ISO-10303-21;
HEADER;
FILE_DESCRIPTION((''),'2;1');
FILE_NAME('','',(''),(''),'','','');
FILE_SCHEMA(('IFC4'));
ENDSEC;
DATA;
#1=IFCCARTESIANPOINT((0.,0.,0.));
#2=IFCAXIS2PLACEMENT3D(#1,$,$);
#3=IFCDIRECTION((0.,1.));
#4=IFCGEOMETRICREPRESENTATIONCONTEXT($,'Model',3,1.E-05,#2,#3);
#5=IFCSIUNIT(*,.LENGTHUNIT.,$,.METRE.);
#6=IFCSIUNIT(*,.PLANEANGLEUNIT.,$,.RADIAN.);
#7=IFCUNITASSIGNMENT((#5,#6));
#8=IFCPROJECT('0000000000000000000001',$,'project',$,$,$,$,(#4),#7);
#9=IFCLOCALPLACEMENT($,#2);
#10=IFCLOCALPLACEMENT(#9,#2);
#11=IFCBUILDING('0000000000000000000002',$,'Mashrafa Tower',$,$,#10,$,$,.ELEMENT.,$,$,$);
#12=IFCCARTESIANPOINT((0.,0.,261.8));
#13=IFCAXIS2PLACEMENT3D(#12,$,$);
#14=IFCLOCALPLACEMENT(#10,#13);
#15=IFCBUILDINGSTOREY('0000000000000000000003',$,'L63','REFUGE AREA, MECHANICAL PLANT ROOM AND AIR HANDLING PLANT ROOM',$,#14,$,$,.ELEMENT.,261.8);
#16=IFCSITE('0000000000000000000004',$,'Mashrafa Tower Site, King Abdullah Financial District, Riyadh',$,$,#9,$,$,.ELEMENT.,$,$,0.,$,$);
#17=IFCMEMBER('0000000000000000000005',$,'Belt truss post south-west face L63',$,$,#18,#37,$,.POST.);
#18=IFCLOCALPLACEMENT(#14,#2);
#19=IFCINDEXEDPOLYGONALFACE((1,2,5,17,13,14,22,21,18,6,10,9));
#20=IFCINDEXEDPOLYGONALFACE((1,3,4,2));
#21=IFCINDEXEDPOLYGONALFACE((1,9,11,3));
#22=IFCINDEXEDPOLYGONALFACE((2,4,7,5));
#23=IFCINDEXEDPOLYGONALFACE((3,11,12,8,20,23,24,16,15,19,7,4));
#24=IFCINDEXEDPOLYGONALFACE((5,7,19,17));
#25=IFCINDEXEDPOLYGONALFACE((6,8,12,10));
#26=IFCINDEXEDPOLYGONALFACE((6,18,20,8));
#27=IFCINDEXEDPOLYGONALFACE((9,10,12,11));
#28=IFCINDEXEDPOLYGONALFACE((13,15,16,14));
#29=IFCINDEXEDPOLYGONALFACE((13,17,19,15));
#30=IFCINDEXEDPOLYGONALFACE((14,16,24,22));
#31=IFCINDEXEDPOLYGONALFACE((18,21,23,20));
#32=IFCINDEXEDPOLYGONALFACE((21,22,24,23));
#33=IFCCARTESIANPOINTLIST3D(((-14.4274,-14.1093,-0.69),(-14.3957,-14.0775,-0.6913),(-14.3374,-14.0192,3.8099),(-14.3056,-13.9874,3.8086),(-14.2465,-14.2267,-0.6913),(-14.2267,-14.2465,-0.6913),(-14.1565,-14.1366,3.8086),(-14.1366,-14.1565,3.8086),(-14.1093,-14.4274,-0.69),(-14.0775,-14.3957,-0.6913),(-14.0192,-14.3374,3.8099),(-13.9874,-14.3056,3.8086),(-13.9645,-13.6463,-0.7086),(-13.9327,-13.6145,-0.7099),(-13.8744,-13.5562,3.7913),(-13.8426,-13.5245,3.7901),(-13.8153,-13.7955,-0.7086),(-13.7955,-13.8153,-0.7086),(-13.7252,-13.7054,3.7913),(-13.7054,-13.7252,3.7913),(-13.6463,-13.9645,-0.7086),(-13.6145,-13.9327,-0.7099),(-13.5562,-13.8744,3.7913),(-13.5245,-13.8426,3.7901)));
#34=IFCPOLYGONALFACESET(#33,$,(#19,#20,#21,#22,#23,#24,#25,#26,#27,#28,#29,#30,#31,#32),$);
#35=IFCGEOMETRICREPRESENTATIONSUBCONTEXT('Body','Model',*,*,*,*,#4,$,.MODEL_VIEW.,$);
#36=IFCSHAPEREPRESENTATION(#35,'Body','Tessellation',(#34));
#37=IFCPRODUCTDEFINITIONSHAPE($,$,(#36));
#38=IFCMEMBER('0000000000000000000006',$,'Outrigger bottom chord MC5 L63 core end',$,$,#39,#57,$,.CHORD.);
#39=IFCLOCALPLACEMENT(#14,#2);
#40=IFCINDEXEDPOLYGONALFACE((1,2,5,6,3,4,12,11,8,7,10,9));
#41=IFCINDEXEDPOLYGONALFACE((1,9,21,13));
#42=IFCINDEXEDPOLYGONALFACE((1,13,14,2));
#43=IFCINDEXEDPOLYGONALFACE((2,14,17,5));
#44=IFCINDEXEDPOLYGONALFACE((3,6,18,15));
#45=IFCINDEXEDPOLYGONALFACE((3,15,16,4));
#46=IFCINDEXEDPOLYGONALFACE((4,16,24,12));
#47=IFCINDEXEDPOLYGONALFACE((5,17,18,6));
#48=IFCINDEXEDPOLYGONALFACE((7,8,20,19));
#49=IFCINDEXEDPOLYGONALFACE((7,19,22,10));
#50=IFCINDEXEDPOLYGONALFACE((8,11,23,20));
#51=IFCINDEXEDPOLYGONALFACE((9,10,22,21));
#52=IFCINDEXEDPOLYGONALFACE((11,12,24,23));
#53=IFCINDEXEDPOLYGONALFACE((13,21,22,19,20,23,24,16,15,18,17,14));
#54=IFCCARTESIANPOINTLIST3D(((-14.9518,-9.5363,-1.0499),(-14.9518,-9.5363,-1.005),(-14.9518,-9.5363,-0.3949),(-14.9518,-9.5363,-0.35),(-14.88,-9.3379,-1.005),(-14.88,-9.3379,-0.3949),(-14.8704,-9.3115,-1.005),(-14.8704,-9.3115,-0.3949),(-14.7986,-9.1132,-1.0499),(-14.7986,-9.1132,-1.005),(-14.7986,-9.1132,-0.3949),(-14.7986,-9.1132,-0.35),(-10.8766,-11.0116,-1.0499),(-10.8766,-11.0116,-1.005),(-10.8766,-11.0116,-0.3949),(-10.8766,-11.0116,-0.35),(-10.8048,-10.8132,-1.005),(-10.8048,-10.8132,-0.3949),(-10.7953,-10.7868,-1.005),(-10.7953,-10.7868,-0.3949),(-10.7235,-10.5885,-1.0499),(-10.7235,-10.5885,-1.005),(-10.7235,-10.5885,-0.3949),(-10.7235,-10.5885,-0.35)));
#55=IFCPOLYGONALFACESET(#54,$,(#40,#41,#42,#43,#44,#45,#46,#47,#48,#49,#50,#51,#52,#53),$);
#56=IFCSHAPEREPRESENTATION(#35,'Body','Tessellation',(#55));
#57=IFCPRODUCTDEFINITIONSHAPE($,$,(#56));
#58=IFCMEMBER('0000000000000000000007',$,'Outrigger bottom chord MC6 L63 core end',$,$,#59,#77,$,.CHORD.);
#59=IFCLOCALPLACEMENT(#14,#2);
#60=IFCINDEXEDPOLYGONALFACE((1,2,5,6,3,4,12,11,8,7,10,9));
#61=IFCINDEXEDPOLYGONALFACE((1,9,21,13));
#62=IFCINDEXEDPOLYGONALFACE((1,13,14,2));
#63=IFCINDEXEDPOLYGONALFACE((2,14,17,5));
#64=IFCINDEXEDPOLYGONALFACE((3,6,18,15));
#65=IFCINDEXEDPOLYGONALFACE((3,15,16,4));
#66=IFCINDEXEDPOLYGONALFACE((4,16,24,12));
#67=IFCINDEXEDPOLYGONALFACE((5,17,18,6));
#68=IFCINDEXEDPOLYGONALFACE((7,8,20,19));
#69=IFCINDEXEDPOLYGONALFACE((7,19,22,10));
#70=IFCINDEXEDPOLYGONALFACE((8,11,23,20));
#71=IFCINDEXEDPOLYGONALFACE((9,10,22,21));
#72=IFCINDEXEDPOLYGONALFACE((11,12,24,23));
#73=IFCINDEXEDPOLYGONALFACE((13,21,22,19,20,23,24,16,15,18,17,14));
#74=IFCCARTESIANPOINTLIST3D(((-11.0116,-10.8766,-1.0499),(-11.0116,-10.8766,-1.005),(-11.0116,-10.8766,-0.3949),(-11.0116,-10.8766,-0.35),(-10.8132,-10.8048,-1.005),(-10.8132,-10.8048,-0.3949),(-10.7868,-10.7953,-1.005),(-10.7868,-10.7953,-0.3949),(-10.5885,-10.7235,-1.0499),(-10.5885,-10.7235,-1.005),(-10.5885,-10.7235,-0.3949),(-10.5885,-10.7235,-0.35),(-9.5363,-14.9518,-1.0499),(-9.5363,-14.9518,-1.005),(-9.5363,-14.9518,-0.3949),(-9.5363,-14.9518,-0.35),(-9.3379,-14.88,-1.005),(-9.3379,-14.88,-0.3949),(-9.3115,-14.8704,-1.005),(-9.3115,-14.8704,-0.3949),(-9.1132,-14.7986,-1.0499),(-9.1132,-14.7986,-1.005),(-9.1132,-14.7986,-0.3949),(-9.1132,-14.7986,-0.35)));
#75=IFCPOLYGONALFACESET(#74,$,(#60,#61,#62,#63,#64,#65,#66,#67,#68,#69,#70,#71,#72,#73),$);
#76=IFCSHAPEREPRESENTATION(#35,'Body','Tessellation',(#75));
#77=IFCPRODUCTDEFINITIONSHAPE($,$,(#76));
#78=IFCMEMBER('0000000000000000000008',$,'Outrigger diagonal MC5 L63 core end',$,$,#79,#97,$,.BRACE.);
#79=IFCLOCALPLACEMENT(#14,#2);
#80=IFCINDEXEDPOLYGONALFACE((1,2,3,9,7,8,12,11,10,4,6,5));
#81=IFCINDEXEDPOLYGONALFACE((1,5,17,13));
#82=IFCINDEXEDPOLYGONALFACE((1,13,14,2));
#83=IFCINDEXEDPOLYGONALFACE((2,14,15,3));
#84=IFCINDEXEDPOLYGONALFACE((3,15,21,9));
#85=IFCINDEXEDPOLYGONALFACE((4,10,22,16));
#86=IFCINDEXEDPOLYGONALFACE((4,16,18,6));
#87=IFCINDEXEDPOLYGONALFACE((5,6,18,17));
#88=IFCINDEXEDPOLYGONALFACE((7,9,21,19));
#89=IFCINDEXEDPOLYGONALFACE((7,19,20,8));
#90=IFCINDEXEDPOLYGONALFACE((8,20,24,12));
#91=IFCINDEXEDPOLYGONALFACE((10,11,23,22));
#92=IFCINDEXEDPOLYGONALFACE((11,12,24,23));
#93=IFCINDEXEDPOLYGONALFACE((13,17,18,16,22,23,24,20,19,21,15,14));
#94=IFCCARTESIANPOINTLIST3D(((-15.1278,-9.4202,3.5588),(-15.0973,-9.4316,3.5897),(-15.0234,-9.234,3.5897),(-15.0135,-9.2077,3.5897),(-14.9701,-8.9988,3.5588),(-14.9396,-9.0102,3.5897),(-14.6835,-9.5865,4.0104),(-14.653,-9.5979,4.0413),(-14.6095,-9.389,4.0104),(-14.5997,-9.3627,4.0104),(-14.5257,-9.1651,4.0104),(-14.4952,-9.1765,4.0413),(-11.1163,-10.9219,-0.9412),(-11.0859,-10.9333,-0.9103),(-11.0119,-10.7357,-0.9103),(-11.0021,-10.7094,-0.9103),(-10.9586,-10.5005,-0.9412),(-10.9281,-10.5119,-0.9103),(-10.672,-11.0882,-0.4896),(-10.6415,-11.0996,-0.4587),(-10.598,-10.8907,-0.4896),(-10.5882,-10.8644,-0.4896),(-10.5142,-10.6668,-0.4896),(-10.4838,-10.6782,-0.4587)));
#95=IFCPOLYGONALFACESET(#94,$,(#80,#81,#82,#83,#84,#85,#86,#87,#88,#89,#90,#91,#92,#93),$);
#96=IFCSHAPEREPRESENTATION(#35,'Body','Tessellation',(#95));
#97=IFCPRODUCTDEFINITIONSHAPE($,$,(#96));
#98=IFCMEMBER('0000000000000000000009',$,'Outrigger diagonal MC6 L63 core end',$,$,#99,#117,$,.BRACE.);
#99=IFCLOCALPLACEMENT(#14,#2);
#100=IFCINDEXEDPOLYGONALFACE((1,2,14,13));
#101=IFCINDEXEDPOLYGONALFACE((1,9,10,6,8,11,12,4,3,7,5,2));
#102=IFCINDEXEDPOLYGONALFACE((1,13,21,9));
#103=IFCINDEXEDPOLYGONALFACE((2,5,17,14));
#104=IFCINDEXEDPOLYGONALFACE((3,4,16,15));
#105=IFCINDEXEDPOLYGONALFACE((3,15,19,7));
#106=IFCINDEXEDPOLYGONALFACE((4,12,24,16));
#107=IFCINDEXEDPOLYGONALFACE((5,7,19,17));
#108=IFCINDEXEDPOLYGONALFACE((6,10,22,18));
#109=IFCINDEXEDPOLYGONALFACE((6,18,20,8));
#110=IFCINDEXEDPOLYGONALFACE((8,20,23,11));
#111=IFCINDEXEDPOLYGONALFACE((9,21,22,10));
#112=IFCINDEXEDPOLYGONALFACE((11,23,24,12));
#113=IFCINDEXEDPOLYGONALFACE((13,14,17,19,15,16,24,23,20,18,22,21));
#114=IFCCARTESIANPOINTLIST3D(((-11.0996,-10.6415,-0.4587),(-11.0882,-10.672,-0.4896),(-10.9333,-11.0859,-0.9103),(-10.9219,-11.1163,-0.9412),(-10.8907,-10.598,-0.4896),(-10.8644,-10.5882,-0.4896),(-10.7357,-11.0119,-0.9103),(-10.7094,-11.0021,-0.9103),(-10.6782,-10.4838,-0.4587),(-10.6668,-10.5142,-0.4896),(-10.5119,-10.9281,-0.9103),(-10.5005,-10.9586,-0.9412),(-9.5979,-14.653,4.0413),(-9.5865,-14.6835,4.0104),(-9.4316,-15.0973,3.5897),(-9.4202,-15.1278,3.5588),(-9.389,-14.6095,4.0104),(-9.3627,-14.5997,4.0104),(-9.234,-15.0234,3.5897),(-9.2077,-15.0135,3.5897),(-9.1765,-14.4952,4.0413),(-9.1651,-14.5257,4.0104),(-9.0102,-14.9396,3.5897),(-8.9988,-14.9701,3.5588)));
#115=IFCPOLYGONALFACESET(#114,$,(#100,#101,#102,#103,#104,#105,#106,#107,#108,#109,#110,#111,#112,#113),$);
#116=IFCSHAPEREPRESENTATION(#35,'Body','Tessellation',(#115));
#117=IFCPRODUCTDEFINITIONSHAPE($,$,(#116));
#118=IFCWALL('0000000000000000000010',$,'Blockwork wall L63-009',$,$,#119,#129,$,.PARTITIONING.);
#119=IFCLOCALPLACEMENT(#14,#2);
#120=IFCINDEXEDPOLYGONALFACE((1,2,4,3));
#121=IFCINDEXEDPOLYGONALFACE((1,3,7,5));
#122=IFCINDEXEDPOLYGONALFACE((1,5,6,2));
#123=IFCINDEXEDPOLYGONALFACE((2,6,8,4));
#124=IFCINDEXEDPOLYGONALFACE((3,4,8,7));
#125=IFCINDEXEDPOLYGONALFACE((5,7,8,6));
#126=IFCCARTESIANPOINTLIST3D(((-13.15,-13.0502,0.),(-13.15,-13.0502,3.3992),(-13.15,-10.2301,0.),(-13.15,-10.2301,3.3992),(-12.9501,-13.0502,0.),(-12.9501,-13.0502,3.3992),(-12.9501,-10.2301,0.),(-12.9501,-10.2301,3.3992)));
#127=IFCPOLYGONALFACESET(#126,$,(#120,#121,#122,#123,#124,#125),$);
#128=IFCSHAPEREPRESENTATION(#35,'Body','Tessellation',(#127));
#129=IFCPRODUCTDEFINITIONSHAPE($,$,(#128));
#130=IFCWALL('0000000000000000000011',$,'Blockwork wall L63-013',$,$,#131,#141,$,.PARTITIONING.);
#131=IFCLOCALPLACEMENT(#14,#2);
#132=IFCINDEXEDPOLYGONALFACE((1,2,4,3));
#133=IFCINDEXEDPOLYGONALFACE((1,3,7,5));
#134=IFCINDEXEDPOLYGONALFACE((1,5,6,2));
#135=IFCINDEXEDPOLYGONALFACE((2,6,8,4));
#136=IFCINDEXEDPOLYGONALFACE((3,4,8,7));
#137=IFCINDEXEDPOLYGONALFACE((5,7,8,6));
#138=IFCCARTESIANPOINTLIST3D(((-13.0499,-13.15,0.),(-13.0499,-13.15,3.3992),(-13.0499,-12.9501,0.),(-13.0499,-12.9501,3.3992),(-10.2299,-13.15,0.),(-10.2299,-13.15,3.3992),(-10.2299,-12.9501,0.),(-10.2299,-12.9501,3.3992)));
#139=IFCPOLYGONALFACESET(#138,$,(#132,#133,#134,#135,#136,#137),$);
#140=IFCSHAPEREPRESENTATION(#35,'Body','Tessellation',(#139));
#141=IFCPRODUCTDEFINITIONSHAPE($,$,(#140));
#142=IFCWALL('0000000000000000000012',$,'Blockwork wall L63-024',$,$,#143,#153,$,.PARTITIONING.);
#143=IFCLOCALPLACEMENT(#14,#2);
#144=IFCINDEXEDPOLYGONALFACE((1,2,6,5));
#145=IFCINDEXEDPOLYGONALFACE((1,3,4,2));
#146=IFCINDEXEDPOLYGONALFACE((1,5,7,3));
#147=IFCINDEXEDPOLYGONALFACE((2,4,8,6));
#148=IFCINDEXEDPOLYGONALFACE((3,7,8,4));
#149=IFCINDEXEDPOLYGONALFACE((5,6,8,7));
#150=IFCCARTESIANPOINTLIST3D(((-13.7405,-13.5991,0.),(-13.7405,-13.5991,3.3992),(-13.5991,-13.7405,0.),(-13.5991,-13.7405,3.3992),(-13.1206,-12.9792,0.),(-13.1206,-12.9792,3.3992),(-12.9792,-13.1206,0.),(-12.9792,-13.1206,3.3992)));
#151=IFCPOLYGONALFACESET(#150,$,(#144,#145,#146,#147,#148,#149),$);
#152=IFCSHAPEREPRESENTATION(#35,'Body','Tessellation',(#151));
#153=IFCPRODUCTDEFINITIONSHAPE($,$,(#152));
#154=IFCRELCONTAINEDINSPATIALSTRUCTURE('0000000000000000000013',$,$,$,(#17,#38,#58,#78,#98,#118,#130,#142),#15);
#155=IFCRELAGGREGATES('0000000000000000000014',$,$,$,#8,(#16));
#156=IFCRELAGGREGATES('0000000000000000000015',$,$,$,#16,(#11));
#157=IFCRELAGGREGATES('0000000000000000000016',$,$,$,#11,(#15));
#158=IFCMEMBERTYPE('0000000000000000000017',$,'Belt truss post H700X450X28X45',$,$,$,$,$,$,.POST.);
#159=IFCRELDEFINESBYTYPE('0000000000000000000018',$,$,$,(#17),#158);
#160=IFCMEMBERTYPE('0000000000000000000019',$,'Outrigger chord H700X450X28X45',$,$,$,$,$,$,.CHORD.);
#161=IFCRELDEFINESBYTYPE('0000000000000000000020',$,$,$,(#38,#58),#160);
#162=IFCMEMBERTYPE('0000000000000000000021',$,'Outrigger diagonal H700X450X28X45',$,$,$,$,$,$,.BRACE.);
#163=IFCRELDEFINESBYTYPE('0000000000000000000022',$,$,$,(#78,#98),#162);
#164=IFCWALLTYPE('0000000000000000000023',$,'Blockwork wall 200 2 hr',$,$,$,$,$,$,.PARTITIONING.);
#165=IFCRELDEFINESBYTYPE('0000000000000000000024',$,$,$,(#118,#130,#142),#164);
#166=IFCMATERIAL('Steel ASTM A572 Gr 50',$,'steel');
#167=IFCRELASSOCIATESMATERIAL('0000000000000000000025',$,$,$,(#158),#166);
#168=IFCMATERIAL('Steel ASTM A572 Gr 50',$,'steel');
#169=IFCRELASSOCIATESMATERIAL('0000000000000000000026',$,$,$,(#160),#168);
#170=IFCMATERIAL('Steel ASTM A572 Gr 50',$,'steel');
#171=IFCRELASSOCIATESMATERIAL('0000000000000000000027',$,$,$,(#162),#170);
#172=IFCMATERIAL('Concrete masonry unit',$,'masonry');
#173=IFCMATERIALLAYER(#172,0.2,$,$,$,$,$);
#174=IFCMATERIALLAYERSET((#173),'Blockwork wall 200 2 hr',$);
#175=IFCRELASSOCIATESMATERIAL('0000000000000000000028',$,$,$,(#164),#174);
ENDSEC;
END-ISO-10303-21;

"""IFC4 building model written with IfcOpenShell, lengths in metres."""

from ifc_helpers import new_model, si_unit, direction, frame, frame_2d, origin, origin_2d, place, context, subcontext, project, spatial, rectangle, i_section, extrude, source, transform, mapped, material, layer, layer_set, material_profile, profile_set, type_object, type_shapes, element, save


model = new_model("IFC4")

# Units and contexts
model_context = context("Model", 3, precision=1e-05, world=origin(), true_north=direction((0.0, 1.0)))
body_context = subcontext(model_context, "Body", "Model", "MODEL_VIEW")
ifc_project = project(units=[si_unit("LENGTHUNIT", "METRE"), si_unit("PLANEANGLEUNIT", "RADIAN")], contexts=[model_context])

# Site, building, storey
site_placement = place(None, origin())
site = spatial("IfcSite", under=ifc_project, at=site_placement, Name="Mashrafa Tower Site, King Abdullah Financial District, Riyadh", CompositionType="ELEMENT", RefElevation=0.0)
building_placement = place(site_placement, origin())
building = spatial("IfcBuilding", under=site, at=building_placement, Name="Mashrafa Tower", CompositionType="ELEMENT")
storey_placement = place(building_placement, frame((0.0, 0.0, 261.8)))
storey = spatial("IfcBuildingStorey", under=building, at=storey_placement, Name="L63", Description="REFUGE AREA, MECHANICAL PLANT ROOM AND AIR HANDLING PLANT ROOM", CompositionType="ELEMENT", Elevation=261.8)

# Members
ifc_material_1 = material(Name="Steel ASTM A572 Gr 50", Category="steel")
ifc_material_profile_1 = material_profile(ifc_material_1, i_section(OverallWidth=0.45, OverallDepth=0.7, WebThickness=0.0281, FlangeThickness=0.0449, at=origin_2d()), Name="H700X450X28X45")
ifc_profile_set_1 = profile_set([ifc_material_profile_1], Name="Steel ASTM A572 Gr 50")
member_type_1 = type_object("IfcMemberType", Name="Belt truss post H700X450X28X45", PredefinedType="POST", material=ifc_profile_set_1)
shared_shape_1 = source(origin(), body_context, "Body", "SweptSolid", [
    extrude(i_section(OverallWidth=0.45, OverallDepth=0.7, WebThickness=0.0281, FlangeThickness=0.0449, at=origin_2d()), origin(), (0.0, 0.0, 1.0), 4.5017),
])
type_shapes(member_type_1, [shared_shape_1])
member_placement = place(storey_placement, frame((-14.021, -14.021, -0.7), z_axis=(0.020012, 0.020012, 0.999599), x_axis=(-0.707107, 0.707107, 0.0)))
element("IfcMember", 1, at=member_placement, inside=storey, type_object=member_type_1, Name="Belt truss post south-west face L63", PredefinedType="POST", context=body_context, shape_type="MappedRepresentation", body=[
    mapped(shared_shape_1, transform((0.0, 0.0, 0.0))),
])
ifc_material_2 = material(Name="Steel ASTM A572 Gr 50", Category="steel")
ifc_material_profile_2 = material_profile(ifc_material_2, i_section(OverallWidth=0.45, OverallDepth=0.7, WebThickness=0.0281, FlangeThickness=0.0449, at=origin_2d()), Name="H700X450X28X45")
ifc_profile_set_2 = profile_set([ifc_material_profile_2], Name="Steel ASTM A572 Gr 50")
member_type_2 = type_object("IfcMemberType", Name="Outrigger chord H700X450X28X45", PredefinedType="CHORD", material=ifc_profile_set_2)
shared_shape_2 = source(origin(), body_context, "Body", "SweptSolid", [
    extrude(i_section(OverallWidth=0.45, OverallDepth=0.7, WebThickness=0.0281, FlangeThickness=0.0449, at=origin_2d()), origin(), (0.0, 0.0, 1.0), 4.334),
])
type_shapes(member_type_2, [shared_shape_2])
for number, where, z_axis, x_axis, name in (
    (2, (-10.8, -10.8, -0.7), (-0.940278, 0.340408, 0.0), (-0.340408, -0.940278, 0.0), "Outrigger bottom chord MC5 L63 core end"),
    (3, (-10.8, -10.8, -0.7), (0.340408, -0.940278, 0.0), (0.940278, 0.340408, 0.0), "Outrigger bottom chord MC6 L63 core end"),
):
    element("IfcMember", number, at=place(storey_placement, frame(where, z_axis=z_axis, x_axis=x_axis)), inside=storey, type_object=member_type_2, Name=name, PredefinedType="CHORD", context=body_context, shape_type="MappedRepresentation", body=[
        mapped(shared_shape_2, transform((0.0, 0.0, 0.0))),
    ])
ifc_material_3 = material(Name="Steel ASTM A572 Gr 50", Category="steel")
ifc_material_profile_3 = material_profile(ifc_material_3, i_section(OverallWidth=0.45, OverallDepth=0.7, WebThickness=0.0281, FlangeThickness=0.0449, at=origin_2d()), Name="H700X450X28X45")
ifc_profile_set_3 = profile_set([ifc_material_profile_3], Name="Steel ASTM A572 Gr 50")
member_type_3 = type_object("IfcMemberType", Name="Outrigger diagonal H700X450X28X45", PredefinedType="BRACE", material=ifc_profile_set_3)
shared_shape_3 = source(origin(), body_context, "Body", "SweptSolid", [
    extrude(i_section(OverallWidth=0.45, OverallDepth=0.7, WebThickness=0.0281, FlangeThickness=0.0449, at=origin_2d()), origin(), (0.0, 0.0, 1.0), 6.2126),
])
type_shapes(member_type_3, [shared_shape_3])
for number, where, z_axis, x_axis, name in (
    (4, (-10.8, -10.8, -0.7), (-0.645694, 0.241718, 0.724328), (-0.350592, -0.936528, 0.0), "Outrigger diagonal MC5 L63 core end"),
    (5, (-10.8, -10.8, -0.7), (0.241718, -0.645694, 0.724328), (0.936528, 0.350592, 0.0), "Outrigger diagonal MC6 L63 core end"),
):
    element("IfcMember", number, at=place(storey_placement, frame(where, z_axis=z_axis, x_axis=x_axis)), inside=storey, type_object=member_type_3, Name=name, PredefinedType="BRACE", context=body_context, shape_type="MappedRepresentation", body=[
        mapped(shared_shape_3, transform((0.0, 0.0, 0.0))),
    ])

# Walls
ifc_material_4 = material(Name="Concrete masonry unit", Category="masonry")
ifc_layer_1 = layer(ifc_material_4, 0.2)
ifc_layer_set_1 = layer_set([ifc_layer_1], Name="Blockwork wall 200 2 hr")
wall_type_1 = type_object("IfcWallType", Name="Blockwork wall 200 2 hr", PredefinedType="PARTITIONING", material=ifc_layer_set_1)
for number, where, z_axis, x_axis, name in (
    (6, (-13.05, -10.23, 0.0), (0.0, 0.0, 1.0), (0.0, -1.0, 0.0), "Blockwork wall L63-009"),
    (7, (-13.05, -13.05, 0.0), (0.0, 0.0, 1.0), (1.0, 0.0, 0.0), "Blockwork wall L63-013"),
):
    element("IfcWall", number, at=place(storey_placement, frame(where, z_axis=z_axis, x_axis=x_axis)), inside=storey, type_object=wall_type_1, Name=name, PredefinedType="PARTITIONING", context=body_context, shape_type="SweptSolid", body=[
        extrude(rectangle(XDim=2.8201, YDim=0.2, at=frame_2d((1.4102, 0.0))), origin(), (0.0, 0.0, 1.0), 3.3992),
    ])
wall_1_placement = place(storey_placement, frame((-13.6699, -13.6699, 0.0), z_axis=(0.0, 0.0, 1.0), x_axis=(0.707107, 0.707107, 0.0)))
element("IfcWall", 8, at=wall_1_placement, inside=storey, type_object=wall_type_1, Name="Blockwork wall L63-024", PredefinedType="PARTITIONING", context=body_context, shape_type="SweptSolid", body=[
    extrude(rectangle(XDim=0.8767, YDim=0.2, at=frame_2d((0.4385, 0.0))), origin(), (0.0, 0.0, 1.0), 3.3992),
])

save(model, "model.ifc")
